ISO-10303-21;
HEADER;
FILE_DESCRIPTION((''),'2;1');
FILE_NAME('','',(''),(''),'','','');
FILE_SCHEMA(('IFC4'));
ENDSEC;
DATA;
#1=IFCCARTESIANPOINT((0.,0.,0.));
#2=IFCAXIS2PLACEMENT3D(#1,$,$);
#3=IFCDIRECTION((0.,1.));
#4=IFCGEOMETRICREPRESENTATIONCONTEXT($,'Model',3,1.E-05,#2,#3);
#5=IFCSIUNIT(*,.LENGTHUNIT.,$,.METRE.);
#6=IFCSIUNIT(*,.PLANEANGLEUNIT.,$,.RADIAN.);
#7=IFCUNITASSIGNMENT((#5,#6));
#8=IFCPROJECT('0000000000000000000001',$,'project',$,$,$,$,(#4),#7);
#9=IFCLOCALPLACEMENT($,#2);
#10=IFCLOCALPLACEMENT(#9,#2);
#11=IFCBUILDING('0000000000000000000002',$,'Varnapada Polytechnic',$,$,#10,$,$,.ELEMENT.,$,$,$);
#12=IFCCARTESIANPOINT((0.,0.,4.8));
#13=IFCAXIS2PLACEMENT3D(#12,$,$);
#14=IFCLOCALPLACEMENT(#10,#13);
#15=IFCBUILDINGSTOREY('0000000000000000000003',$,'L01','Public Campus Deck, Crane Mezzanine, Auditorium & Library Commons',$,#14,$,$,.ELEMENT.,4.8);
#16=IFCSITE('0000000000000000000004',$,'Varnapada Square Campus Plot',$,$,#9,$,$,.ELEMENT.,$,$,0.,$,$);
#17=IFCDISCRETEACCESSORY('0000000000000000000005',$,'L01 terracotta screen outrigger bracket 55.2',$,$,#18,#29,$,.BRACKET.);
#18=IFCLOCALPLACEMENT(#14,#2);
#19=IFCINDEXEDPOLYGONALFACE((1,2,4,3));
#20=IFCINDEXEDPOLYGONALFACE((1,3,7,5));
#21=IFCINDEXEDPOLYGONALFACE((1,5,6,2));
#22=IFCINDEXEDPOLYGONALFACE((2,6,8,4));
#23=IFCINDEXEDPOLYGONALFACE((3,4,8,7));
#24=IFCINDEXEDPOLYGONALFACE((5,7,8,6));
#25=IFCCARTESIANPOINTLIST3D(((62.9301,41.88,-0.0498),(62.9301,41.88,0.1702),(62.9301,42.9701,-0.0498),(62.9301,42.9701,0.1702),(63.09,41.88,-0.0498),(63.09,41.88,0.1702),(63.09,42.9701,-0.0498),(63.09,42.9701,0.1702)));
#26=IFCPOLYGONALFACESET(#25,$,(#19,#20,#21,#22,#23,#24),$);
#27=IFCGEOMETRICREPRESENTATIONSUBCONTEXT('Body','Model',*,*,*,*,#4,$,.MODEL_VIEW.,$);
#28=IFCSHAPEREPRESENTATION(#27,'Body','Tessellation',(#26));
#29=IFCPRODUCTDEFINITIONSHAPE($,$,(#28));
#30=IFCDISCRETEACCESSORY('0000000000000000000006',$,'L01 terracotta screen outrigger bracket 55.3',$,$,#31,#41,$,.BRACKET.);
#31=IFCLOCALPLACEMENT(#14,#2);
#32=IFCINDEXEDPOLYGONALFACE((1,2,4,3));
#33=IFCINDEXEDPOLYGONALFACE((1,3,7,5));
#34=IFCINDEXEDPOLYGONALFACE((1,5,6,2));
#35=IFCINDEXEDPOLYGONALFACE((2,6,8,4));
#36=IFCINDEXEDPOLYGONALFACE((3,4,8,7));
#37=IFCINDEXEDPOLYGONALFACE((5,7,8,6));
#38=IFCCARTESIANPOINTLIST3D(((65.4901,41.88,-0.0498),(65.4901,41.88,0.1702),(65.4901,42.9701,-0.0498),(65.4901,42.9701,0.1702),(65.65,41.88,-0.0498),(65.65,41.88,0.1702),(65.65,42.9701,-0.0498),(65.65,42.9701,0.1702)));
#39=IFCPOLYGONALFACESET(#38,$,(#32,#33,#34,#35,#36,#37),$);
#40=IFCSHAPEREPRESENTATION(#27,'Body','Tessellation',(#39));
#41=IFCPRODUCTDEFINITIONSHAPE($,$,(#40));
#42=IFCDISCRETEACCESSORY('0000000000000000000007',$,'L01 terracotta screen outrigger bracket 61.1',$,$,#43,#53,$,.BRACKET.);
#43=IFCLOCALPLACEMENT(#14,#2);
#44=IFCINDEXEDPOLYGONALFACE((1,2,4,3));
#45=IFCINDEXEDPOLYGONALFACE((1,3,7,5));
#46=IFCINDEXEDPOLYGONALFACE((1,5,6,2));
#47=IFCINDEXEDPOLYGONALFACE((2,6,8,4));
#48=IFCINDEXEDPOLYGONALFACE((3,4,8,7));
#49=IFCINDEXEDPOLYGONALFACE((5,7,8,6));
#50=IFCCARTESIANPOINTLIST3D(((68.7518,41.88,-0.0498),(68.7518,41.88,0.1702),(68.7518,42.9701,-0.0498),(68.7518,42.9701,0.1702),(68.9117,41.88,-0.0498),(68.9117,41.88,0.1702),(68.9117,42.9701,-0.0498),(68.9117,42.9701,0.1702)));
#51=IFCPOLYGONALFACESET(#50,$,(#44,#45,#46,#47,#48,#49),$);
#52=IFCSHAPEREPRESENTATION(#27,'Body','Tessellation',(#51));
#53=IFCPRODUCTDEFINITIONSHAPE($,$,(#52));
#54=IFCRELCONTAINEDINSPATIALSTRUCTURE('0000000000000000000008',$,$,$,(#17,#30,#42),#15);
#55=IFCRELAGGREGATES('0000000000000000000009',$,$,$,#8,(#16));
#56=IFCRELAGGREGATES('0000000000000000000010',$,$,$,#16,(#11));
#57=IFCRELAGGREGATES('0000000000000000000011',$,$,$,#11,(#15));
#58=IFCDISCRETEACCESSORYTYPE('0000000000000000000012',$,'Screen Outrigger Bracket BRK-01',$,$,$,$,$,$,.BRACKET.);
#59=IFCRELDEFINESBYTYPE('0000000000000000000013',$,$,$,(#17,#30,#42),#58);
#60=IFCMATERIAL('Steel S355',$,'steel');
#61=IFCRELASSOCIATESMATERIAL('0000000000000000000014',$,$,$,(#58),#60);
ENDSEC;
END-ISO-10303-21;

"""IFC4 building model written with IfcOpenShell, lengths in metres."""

from ifc_helpers import new_model, si_unit, direction, frame, origin, origin_2d, place, context, subcontext, project, spatial, rectangle, extrude, material, type_object, element, save


model = new_model("IFC4")

# Units and contexts
model_context = context("Model", 3, precision=1e-05, world=origin(), true_north=direction((0.0, 1.0)))
body_context = subcontext(model_context, "Body", "Model", "MODEL_VIEW")
ifc_project = project(units=[si_unit("LENGTHUNIT", "METRE"), si_unit("PLANEANGLEUNIT", "RADIAN")], contexts=[model_context])

# Site, building, storey
site_placement = place(None, origin())
site = spatial("IfcSite", under=ifc_project, at=site_placement, Name="Varnapada Square Campus Plot", CompositionType="ELEMENT", RefElevation=0.0)
building_placement = place(site_placement, origin())
building = spatial("IfcBuilding", under=site, at=building_placement, Name="Varnapada Polytechnic", CompositionType="ELEMENT")
storey_placement = place(building_placement, frame((0.0, 0.0, 4.8)))
storey = spatial("IfcBuildingStorey", under=building, at=storey_placement, Name="L01", Description="Public Campus Deck, Crane Mezzanine, Auditorium & Library Commons", CompositionType="ELEMENT", Elevation=4.8)

# Discrete accessories
ifc_material_1 = material(Name="Steel S355", Category="steel")
discrete_accessory_type = type_object("IfcDiscreteAccessoryType", Name="Screen Outrigger Bracket BRK-01", PredefinedType="BRACKET", material=ifc_material_1)
for number, where, z_axis, x_axis, name in (
    (1, (63.01, 42.425, -0.0498), (0.0, 0.0, 1.0), (1.0, 0.0, 0.0), "L01 terracotta screen outrigger bracket 55.2"),
    (2, (65.5701, 42.425, -0.0498), (0.0, 0.0, 1.0), (1.0, 0.0, 0.0), "L01 terracotta screen outrigger bracket 55.3"),
    (3, (68.8318, 42.425, -0.0498), (0.0, 0.0, 1.0), (1.0, 0.0, 0.0), "L01 terracotta screen outrigger bracket 61.1"),
):
    element("IfcDiscreteAccessory", number, at=place(storey_placement, frame(where, z_axis=z_axis, x_axis=x_axis)), inside=storey, type_object=discrete_accessory_type, Name=name, PredefinedType="BRACKET", context=body_context, shape_type="SweptSolid", body=[
        extrude(rectangle(XDim=0.1599, YDim=1.0901, at=origin_2d()), origin(), (0.0, 0.0, 1.0), 0.22),
    ])

save(model, "model.ifc")
